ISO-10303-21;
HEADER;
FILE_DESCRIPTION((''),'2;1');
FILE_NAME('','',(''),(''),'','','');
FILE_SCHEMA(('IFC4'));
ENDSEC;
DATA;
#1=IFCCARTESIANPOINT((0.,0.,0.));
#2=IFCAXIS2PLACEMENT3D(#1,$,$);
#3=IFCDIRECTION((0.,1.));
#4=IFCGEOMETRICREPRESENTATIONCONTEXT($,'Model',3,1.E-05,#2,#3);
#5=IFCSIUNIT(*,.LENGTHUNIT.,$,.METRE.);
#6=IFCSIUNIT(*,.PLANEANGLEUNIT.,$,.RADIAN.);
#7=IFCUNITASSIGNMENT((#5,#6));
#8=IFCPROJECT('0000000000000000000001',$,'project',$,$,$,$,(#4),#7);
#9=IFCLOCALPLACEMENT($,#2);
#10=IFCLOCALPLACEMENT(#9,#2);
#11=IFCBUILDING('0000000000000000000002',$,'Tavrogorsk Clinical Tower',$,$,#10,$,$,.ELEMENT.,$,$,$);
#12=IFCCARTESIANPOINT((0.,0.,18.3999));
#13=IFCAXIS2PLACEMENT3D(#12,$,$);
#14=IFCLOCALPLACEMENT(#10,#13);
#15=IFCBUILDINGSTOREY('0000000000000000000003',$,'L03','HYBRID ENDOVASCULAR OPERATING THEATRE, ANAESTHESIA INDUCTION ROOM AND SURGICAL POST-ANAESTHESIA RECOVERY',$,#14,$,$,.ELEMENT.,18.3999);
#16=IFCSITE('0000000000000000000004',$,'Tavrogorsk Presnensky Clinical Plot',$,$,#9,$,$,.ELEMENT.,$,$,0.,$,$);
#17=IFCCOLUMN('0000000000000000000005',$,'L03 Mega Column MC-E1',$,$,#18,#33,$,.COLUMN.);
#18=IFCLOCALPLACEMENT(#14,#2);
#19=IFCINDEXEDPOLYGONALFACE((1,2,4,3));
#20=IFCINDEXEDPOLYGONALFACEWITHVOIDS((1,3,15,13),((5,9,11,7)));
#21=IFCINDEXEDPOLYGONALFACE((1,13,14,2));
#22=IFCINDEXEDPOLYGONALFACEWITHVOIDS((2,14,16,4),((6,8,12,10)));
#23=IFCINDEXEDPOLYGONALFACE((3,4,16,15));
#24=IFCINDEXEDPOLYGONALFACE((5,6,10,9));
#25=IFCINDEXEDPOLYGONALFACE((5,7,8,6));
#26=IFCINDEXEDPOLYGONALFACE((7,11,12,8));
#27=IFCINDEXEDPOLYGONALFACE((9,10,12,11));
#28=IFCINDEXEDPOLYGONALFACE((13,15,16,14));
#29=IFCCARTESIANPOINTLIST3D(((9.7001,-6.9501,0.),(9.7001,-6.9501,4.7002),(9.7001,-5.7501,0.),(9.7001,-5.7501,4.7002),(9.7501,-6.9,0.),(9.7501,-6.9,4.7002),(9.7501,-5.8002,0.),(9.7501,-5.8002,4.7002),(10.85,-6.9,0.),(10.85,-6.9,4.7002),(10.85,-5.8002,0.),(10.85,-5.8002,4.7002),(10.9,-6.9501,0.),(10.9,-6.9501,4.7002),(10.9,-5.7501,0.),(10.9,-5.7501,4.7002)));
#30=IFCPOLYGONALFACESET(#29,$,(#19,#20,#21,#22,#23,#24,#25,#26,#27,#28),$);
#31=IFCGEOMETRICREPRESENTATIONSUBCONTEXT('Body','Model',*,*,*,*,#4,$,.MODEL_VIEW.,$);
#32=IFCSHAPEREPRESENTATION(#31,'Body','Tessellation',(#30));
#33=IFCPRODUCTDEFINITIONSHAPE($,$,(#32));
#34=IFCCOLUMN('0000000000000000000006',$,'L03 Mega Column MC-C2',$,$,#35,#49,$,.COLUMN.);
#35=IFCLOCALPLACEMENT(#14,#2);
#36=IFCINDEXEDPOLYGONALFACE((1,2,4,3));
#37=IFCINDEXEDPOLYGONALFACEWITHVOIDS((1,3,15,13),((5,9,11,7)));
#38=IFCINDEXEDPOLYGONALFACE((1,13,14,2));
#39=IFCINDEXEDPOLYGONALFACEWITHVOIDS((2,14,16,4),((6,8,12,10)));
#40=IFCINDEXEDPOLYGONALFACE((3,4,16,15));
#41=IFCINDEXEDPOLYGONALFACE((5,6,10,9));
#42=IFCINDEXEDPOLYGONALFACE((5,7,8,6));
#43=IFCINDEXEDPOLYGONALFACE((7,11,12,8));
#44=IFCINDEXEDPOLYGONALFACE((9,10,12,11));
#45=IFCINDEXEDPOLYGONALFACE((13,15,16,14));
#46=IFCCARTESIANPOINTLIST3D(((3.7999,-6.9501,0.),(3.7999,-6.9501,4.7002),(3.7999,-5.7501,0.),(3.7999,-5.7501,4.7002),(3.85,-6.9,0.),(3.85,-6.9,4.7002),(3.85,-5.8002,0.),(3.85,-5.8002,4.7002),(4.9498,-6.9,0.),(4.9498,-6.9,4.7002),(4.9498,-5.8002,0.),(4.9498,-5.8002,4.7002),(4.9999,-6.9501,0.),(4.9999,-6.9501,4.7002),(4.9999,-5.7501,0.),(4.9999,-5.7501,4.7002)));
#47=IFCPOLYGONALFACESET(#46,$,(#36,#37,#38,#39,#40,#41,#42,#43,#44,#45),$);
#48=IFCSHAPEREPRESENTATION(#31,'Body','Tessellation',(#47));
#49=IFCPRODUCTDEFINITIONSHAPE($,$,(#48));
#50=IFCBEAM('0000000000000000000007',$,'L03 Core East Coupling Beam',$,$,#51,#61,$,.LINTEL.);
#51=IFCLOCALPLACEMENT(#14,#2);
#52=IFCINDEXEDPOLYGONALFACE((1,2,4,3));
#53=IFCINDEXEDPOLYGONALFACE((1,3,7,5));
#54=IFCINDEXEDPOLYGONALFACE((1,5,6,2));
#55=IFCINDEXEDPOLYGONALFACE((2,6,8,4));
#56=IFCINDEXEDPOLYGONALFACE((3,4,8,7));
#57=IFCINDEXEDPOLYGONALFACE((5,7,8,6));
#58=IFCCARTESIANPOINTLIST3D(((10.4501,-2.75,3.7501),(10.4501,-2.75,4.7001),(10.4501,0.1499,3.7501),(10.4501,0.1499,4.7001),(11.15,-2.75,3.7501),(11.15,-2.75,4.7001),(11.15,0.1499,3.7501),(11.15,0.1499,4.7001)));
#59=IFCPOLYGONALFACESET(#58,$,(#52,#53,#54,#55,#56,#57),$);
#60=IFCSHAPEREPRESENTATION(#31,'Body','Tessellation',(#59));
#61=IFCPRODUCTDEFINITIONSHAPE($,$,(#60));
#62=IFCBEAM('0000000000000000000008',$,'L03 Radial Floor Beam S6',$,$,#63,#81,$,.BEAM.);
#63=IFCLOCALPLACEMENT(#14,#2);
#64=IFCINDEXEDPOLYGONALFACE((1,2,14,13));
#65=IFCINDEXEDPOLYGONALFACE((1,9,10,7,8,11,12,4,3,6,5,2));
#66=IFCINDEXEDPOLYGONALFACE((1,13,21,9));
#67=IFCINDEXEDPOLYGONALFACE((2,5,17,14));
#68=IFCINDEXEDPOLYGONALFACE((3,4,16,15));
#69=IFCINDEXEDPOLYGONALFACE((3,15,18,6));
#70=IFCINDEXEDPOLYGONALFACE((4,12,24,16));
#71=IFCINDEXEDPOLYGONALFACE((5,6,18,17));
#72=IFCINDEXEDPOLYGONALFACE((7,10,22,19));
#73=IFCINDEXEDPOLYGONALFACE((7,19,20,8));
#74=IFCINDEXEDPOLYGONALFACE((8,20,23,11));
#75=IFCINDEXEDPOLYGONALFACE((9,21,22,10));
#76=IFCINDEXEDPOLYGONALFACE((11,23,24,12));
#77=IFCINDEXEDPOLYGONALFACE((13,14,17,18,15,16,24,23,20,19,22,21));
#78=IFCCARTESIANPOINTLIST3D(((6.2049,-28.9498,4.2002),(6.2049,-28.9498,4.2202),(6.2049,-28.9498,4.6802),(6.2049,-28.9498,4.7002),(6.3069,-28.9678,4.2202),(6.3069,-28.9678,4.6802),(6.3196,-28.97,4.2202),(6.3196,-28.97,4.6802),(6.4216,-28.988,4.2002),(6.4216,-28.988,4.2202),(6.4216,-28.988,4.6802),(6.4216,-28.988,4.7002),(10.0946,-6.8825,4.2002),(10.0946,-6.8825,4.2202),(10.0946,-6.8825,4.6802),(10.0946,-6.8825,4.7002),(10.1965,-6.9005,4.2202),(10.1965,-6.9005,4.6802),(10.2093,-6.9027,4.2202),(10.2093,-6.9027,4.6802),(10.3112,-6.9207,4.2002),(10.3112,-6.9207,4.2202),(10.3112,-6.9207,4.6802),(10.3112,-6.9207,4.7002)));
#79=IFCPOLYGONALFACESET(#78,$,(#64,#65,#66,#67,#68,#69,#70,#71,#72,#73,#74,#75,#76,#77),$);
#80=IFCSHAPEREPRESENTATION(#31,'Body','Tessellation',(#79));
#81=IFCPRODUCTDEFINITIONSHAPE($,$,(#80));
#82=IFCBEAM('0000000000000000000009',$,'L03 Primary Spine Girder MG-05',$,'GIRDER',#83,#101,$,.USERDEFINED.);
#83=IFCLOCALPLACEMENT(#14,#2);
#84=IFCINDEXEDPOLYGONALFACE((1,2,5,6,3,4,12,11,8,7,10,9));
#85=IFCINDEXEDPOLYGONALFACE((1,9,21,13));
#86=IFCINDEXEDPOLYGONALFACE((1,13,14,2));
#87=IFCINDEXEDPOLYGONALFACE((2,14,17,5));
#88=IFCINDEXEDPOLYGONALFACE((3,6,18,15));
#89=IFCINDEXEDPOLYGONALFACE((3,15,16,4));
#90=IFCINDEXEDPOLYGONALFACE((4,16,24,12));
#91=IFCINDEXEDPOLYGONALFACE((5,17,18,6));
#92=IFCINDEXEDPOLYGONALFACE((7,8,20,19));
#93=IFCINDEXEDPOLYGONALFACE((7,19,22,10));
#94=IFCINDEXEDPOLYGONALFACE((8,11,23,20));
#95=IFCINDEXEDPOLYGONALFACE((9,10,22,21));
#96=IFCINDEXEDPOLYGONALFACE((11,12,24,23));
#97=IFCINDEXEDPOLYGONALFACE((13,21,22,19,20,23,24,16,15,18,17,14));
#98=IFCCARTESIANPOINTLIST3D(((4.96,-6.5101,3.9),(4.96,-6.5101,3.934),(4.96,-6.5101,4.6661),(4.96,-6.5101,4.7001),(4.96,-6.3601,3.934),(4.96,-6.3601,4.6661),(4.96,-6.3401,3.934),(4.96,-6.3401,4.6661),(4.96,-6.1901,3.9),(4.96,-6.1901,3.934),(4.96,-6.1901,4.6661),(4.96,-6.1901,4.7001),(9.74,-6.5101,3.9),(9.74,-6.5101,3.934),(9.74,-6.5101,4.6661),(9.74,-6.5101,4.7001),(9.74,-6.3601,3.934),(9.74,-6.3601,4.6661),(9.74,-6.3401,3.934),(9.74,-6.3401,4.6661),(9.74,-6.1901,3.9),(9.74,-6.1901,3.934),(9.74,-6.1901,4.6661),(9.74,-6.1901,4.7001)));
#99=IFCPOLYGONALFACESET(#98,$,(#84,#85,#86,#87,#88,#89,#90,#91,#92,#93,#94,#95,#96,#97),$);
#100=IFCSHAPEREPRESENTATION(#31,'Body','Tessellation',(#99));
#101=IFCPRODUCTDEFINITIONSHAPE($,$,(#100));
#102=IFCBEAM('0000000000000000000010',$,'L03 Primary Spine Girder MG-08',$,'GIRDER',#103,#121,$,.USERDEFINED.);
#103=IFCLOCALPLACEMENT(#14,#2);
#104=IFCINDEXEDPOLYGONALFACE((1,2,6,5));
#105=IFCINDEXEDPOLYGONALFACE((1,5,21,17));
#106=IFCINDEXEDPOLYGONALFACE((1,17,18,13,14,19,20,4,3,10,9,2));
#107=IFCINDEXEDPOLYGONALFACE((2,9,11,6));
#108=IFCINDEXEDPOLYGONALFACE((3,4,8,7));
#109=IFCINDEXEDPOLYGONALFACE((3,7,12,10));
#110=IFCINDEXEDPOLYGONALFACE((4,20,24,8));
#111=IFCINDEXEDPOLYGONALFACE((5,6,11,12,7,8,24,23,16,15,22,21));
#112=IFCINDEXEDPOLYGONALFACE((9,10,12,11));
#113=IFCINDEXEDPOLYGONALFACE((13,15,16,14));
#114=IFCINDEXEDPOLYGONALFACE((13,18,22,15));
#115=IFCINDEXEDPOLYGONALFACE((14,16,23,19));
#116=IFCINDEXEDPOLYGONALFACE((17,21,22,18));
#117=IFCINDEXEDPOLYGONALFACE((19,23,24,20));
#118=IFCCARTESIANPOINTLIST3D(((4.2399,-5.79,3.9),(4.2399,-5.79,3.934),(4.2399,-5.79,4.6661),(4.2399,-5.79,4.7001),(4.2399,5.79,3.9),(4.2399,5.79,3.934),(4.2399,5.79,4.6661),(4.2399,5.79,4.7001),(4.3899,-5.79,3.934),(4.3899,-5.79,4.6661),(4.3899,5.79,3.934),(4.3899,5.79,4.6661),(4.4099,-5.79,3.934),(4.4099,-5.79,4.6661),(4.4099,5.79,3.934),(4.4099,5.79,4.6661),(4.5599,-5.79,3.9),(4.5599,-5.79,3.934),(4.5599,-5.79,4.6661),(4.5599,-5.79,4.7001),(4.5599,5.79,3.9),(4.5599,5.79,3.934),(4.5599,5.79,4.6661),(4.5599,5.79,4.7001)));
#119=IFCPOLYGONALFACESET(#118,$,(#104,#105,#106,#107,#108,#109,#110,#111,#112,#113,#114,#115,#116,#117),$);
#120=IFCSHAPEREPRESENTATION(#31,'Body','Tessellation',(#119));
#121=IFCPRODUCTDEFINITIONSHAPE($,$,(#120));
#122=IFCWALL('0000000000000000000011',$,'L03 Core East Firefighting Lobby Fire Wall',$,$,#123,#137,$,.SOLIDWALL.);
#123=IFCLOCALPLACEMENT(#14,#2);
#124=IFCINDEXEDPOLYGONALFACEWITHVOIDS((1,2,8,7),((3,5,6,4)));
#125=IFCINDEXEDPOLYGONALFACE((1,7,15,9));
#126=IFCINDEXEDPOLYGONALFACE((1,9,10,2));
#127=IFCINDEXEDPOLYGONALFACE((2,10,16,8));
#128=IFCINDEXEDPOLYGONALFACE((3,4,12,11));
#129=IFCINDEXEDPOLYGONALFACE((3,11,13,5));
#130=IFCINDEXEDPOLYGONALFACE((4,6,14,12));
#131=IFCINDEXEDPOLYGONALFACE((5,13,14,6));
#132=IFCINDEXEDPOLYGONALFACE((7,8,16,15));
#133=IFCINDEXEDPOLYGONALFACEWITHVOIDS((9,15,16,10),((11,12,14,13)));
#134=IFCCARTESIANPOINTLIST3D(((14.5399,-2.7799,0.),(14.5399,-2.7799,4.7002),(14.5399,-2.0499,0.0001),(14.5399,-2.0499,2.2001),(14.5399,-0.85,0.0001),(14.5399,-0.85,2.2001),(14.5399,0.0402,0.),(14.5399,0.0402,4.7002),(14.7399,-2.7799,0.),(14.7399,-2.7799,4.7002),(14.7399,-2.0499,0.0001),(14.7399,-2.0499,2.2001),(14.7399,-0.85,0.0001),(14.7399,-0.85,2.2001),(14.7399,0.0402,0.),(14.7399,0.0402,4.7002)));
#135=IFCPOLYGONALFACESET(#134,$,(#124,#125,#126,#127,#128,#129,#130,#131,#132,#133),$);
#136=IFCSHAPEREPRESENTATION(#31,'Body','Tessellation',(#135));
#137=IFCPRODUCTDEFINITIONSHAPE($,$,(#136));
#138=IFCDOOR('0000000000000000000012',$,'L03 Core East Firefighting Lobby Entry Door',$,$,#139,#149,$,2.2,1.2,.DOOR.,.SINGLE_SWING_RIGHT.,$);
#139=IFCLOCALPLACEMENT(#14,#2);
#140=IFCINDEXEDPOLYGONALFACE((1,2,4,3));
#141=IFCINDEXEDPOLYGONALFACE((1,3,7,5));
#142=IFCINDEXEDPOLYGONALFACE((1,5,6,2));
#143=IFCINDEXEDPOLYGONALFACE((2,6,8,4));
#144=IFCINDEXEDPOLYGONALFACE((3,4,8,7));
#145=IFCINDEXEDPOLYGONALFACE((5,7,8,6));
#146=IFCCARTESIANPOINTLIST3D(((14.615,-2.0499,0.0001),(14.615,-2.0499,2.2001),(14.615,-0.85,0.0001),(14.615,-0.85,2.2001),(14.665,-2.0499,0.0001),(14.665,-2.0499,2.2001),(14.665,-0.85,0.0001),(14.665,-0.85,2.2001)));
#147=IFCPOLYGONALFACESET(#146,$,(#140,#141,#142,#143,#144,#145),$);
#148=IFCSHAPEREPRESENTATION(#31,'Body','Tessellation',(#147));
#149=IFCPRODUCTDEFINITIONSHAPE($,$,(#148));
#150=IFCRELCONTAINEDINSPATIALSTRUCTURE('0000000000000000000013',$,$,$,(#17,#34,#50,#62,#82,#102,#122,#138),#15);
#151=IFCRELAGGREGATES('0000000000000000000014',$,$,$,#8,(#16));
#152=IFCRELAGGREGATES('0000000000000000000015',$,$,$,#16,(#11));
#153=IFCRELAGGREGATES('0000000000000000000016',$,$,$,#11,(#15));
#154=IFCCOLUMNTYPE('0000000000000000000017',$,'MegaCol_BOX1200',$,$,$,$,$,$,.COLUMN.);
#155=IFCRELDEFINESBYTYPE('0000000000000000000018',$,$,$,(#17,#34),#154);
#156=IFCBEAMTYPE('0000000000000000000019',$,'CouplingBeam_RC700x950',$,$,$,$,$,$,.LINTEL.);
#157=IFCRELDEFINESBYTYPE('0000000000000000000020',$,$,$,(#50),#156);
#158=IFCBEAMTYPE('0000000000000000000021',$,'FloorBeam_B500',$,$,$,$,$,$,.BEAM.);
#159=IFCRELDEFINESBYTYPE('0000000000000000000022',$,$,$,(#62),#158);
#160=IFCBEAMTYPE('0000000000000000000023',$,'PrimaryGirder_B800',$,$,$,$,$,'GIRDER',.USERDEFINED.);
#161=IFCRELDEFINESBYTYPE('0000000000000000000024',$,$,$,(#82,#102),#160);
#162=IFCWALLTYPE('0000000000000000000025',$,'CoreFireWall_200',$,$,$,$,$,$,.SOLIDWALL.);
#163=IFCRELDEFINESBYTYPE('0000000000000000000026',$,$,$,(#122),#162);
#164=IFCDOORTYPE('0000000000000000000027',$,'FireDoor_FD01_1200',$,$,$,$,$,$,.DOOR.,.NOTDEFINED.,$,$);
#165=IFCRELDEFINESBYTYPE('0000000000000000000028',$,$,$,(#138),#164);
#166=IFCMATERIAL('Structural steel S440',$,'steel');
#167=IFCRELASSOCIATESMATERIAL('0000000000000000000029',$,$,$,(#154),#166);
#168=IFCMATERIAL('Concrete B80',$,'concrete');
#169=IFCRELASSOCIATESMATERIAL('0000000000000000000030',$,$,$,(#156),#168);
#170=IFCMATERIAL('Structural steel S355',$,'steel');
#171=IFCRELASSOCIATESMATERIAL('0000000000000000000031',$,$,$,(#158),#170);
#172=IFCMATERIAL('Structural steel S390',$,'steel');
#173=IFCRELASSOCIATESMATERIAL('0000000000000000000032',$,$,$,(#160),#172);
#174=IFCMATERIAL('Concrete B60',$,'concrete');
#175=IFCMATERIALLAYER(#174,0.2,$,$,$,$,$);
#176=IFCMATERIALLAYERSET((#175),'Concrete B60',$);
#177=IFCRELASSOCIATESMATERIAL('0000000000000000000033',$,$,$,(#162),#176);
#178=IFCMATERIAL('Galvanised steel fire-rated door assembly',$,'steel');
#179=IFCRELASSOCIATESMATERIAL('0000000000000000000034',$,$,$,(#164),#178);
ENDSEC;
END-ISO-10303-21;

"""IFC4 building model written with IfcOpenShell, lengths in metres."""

from ifc_helpers import new_model, si_unit, direction, frame, frame_2d, origin, origin_2d, place, context, subcontext, project, spatial, rectangle, hollow_rectangle, i_section, extrude, material, layer, layer_set, material_profile, profile_set, type_object, element, fill, save


model = new_model("IFC4")

# Units and contexts
model_context = context("Model", 3, precision=1e-05, world=origin(), true_north=direction((0.0, 1.0)))
body_context = subcontext(model_context, "Body", "Model", "MODEL_VIEW")
ifc_project = project(units=[si_unit("LENGTHUNIT", "METRE"), si_unit("PLANEANGLEUNIT", "RADIAN")], contexts=[model_context])

# Site, building, storey
site_placement = place(None, origin())
site = spatial("IfcSite", under=ifc_project, at=site_placement, Name="Tavrogorsk Presnensky Clinical Plot", CompositionType="ELEMENT", RefElevation=0.0)
building_placement = place(site_placement, origin())
building = spatial("IfcBuilding", under=site, at=building_placement, Name="Tavrogorsk Clinical Tower", CompositionType="ELEMENT")
storey_placement = place(building_placement, frame((0.0, 0.0, 18.3999)))
storey = spatial("IfcBuildingStorey", under=building, at=storey_placement, Name="L03", Description="HYBRID ENDOVASCULAR OPERATING THEATRE, ANAESTHESIA INDUCTION ROOM AND SURGICAL POST-ANAESTHESIA RECOVERY", CompositionType="ELEMENT", Elevation=18.3999)

# Columns
ifc_material_1 = material(Name="Structural steel S440", Category="steel")
ifc_material_profile_1 = material_profile(ifc_material_1, hollow_rectangle(XDim=1.2, YDim=1.2, WallThickness=0.05, at=origin_2d()), Name="BOX-1200x1200x50")
ifc_profile_set_1 = profile_set([ifc_material_profile_1], Name="Structural steel S440")
column_type = type_object("IfcColumnType", Name="MegaCol_BOX1200", PredefinedType="COLUMN", material=ifc_profile_set_1)
for number, where, z_axis, x_axis, name in (
    (1, (10.3, -6.3501, 0.0), (0.0, 0.0, 1.0), (1.0, 0.0, 0.0), "L03 Mega Column MC-E1"),
    (2, (4.3999, -6.3501, 0.0), (0.0, 0.0, 1.0), (1.0, 0.0, 0.0), "L03 Mega Column MC-C2"),
):
    element("IfcColumn", number, at=place(storey_placement, frame(where, z_axis=z_axis, x_axis=x_axis)), inside=storey, type_object=column_type, Name=name, PredefinedType="COLUMN", context=body_context, shape_type="SweptSolid", body=[
        extrude(hollow_rectangle(XDim=1.2, YDim=1.2, WallThickness=0.05, at=origin_2d()), origin(), (0.0, 0.0, 1.0), 4.7002),
    ])

# Beams
ifc_material_2 = material(Name="Concrete B80", Category="concrete")
ifc_material_profile_2 = material_profile(ifc_material_2, rectangle(XDim=0.7, YDim=0.95, at=origin_2d()), Name="RC-CB-700x950")
ifc_profile_set_2 = profile_set([ifc_material_profile_2], Name="Concrete B80")
beam_type_1 = type_object("IfcBeamType", Name="CouplingBeam_RC700x950", PredefinedType="LINTEL", material=ifc_profile_set_2)
beam_1_placement = place(storey_placement, frame((10.8, -2.75, 4.2251), z_axis=(0.0, 1.0, 0.0), x_axis=(-1.0, 0.0, 0.0)))
element("IfcBeam", 3, at=beam_1_placement, inside=storey, type_object=beam_type_1, Name="L03 Core East Coupling Beam", PredefinedType="LINTEL", context=body_context, shape_type="SweptSolid", body=[
    extrude(rectangle(XDim=0.7, YDim=0.95, at=origin_2d()), origin(), (0.0, 0.0, 1.0), 2.8999),
])
ifc_material_3 = material(Name="Structural steel S355", Category="steel")
ifc_material_profile_3 = material_profile(ifc_material_3, i_section(OverallWidth=0.22, OverallDepth=0.5, WebThickness=0.0129, FlangeThickness=0.02, at=origin_2d()), Name="B-500x220x13x20")
ifc_profile_set_3 = profile_set([ifc_material_profile_3], Name="Structural steel S355")
beam_type_2 = type_object("IfcBeamType", Name="FloorBeam_B500", PredefinedType="BEAM", material=ifc_profile_set_3)
beam_2_placement = place(storey_placement, frame((10.2029, -6.9016, 4.4502), z_axis=(-0.173586, -0.984819, 0.0), x_axis=(0.984819, -0.173586, 0.0)))
element("IfcBeam", 4, at=beam_2_placement, inside=storey, type_object=beam_type_2, Name="L03 Radial Floor Beam S6", PredefinedType="BEAM", context=body_context, shape_type="SweptSolid", body=[
    extrude(i_section(OverallWidth=0.22, OverallDepth=0.5, WebThickness=0.0129, FlangeThickness=0.02, at=origin_2d()), origin(), (0.0, 0.0, 1.0), 22.4075),
])
ifc_material_4 = material(Name="Structural steel S390", Category="steel")
ifc_material_profile_4 = material_profile(ifc_material_4, i_section(OverallWidth=0.3201, OverallDepth=0.8, WebThickness=0.02, FlangeThickness=0.0339, at=origin_2d()), Name="B-800x320x20x34")
ifc_profile_set_4 = profile_set([ifc_material_profile_4], Name="Structural steel S390")
beam_type_3 = type_object("IfcBeamType", Name="PrimaryGirder_B800", ElementType="GIRDER", PredefinedType="USERDEFINED", material=ifc_profile_set_4)
beam_3_placement = place(storey_placement, frame((4.96, -6.3501, 4.3), z_axis=(1.0, 0.0, 0.0), x_axis=(0.0, 1.0, 0.0)))
element("IfcBeam", 5, at=beam_3_placement, inside=storey, type_object=beam_type_3, Name="L03 Primary Spine Girder MG-05", ObjectType="GIRDER", PredefinedType="USERDEFINED", context=body_context, shape_type="SweptSolid", body=[
    extrude(i_section(OverallWidth=0.3201, OverallDepth=0.8, WebThickness=0.02, FlangeThickness=0.0339, at=origin_2d()), origin(), (0.0, 0.0, 1.0), 4.78),
])
beam_4_placement = place(storey_placement, frame((4.3999, -5.79, 4.3), z_axis=(0.0, 1.0, 0.0), x_axis=(-1.0, 0.0, 0.0)))
element("IfcBeam", 6, at=beam_4_placement, inside=storey, type_object=beam_type_3, Name="L03 Primary Spine Girder MG-08", ObjectType="GIRDER", PredefinedType="USERDEFINED", context=body_context, shape_type="SweptSolid", body=[
    extrude(i_section(OverallWidth=0.3201, OverallDepth=0.8, WebThickness=0.02, FlangeThickness=0.0339, at=origin_2d()), origin(), (0.0, 0.0, 1.0), 11.5801),
])

# Wall, opening, door
ifc_material_5 = material(Name="Concrete B60", Category="concrete")
ifc_layer_1 = layer(ifc_material_5, 0.2)
ifc_layer_set_1 = layer_set([ifc_layer_1], Name="Concrete B60")
wall_type_1 = type_object("IfcWallType", Name="CoreFireWall_200", PredefinedType="SOLIDWALL", material=ifc_layer_set_1)
wall_1_placement = place(storey_placement, frame((14.6399, -2.78, 0.0), z_axis=(0.0, 0.0, 1.0), x_axis=(0.0, 1.0, 0.0)))
wall_1 = element("IfcWall", 7, at=wall_1_placement, inside=storey, type_object=wall_type_1, Name="L03 Core East Firefighting Lobby Fire Wall", PredefinedType="SOLIDWALL", context=body_context, shape_type="SweptSolid", body=[
    extrude(rectangle(XDim=2.8201, YDim=0.2, at=frame_2d((1.4102, 0.0))), origin(), (0.0, 0.0, 1.0), 4.7002),
])
opening_1_placement = place(wall_1_placement, frame((0.73, 0.0, 0.0)))
opening_1 = element("IfcOpeningElement", 8, at=opening_1_placement, cuts=wall_1, PredefinedType="OPENING", context=body_context, shape_type="SweptSolid", body=[
    extrude(rectangle(XDim=1.2, YDim=2.2, at=frame_2d((0.6001, 1.1001))), frame((0.0, 0.1099, 0.0), z_axis=(0.0, -1.0, 0.0), x_axis=(1.0, 0.0, 0.0)), (0.0, 0.0, 1.0), 0.22),
])
ifc_material_6 = material(Name="Galvanised steel fire-rated door assembly", Category="steel")
door_type_1 = type_object("IfcDoorType", Name="FireDoor_FD01_1200", OperationType="NOTDEFINED", PredefinedType="DOOR", material=ifc_material_6)
door_1_placement = place(opening_1_placement, origin())
door_1 = element("IfcDoor", 9, at=door_1_placement, inside=storey, type_object=door_type_1, Name="L03 Core East Firefighting Lobby Entry Door", OperationType="SINGLE_SWING_RIGHT", OverallHeight=2.2, OverallWidth=1.2, PredefinedType="DOOR", context=body_context, shape_type="SweptSolid", body=[
    extrude(rectangle(XDim=1.2, YDim=2.2, at=frame_2d((0.6001, 1.1001))), frame((0.0, 0.0249, 0.0), z_axis=(0.0, -1.0, 0.0), x_axis=(1.0, 0.0, 0.0)), (0.0, 0.0, 1.0), 0.05),
])
fill(opening_1, door_1)

save(model, "model.ifc")
